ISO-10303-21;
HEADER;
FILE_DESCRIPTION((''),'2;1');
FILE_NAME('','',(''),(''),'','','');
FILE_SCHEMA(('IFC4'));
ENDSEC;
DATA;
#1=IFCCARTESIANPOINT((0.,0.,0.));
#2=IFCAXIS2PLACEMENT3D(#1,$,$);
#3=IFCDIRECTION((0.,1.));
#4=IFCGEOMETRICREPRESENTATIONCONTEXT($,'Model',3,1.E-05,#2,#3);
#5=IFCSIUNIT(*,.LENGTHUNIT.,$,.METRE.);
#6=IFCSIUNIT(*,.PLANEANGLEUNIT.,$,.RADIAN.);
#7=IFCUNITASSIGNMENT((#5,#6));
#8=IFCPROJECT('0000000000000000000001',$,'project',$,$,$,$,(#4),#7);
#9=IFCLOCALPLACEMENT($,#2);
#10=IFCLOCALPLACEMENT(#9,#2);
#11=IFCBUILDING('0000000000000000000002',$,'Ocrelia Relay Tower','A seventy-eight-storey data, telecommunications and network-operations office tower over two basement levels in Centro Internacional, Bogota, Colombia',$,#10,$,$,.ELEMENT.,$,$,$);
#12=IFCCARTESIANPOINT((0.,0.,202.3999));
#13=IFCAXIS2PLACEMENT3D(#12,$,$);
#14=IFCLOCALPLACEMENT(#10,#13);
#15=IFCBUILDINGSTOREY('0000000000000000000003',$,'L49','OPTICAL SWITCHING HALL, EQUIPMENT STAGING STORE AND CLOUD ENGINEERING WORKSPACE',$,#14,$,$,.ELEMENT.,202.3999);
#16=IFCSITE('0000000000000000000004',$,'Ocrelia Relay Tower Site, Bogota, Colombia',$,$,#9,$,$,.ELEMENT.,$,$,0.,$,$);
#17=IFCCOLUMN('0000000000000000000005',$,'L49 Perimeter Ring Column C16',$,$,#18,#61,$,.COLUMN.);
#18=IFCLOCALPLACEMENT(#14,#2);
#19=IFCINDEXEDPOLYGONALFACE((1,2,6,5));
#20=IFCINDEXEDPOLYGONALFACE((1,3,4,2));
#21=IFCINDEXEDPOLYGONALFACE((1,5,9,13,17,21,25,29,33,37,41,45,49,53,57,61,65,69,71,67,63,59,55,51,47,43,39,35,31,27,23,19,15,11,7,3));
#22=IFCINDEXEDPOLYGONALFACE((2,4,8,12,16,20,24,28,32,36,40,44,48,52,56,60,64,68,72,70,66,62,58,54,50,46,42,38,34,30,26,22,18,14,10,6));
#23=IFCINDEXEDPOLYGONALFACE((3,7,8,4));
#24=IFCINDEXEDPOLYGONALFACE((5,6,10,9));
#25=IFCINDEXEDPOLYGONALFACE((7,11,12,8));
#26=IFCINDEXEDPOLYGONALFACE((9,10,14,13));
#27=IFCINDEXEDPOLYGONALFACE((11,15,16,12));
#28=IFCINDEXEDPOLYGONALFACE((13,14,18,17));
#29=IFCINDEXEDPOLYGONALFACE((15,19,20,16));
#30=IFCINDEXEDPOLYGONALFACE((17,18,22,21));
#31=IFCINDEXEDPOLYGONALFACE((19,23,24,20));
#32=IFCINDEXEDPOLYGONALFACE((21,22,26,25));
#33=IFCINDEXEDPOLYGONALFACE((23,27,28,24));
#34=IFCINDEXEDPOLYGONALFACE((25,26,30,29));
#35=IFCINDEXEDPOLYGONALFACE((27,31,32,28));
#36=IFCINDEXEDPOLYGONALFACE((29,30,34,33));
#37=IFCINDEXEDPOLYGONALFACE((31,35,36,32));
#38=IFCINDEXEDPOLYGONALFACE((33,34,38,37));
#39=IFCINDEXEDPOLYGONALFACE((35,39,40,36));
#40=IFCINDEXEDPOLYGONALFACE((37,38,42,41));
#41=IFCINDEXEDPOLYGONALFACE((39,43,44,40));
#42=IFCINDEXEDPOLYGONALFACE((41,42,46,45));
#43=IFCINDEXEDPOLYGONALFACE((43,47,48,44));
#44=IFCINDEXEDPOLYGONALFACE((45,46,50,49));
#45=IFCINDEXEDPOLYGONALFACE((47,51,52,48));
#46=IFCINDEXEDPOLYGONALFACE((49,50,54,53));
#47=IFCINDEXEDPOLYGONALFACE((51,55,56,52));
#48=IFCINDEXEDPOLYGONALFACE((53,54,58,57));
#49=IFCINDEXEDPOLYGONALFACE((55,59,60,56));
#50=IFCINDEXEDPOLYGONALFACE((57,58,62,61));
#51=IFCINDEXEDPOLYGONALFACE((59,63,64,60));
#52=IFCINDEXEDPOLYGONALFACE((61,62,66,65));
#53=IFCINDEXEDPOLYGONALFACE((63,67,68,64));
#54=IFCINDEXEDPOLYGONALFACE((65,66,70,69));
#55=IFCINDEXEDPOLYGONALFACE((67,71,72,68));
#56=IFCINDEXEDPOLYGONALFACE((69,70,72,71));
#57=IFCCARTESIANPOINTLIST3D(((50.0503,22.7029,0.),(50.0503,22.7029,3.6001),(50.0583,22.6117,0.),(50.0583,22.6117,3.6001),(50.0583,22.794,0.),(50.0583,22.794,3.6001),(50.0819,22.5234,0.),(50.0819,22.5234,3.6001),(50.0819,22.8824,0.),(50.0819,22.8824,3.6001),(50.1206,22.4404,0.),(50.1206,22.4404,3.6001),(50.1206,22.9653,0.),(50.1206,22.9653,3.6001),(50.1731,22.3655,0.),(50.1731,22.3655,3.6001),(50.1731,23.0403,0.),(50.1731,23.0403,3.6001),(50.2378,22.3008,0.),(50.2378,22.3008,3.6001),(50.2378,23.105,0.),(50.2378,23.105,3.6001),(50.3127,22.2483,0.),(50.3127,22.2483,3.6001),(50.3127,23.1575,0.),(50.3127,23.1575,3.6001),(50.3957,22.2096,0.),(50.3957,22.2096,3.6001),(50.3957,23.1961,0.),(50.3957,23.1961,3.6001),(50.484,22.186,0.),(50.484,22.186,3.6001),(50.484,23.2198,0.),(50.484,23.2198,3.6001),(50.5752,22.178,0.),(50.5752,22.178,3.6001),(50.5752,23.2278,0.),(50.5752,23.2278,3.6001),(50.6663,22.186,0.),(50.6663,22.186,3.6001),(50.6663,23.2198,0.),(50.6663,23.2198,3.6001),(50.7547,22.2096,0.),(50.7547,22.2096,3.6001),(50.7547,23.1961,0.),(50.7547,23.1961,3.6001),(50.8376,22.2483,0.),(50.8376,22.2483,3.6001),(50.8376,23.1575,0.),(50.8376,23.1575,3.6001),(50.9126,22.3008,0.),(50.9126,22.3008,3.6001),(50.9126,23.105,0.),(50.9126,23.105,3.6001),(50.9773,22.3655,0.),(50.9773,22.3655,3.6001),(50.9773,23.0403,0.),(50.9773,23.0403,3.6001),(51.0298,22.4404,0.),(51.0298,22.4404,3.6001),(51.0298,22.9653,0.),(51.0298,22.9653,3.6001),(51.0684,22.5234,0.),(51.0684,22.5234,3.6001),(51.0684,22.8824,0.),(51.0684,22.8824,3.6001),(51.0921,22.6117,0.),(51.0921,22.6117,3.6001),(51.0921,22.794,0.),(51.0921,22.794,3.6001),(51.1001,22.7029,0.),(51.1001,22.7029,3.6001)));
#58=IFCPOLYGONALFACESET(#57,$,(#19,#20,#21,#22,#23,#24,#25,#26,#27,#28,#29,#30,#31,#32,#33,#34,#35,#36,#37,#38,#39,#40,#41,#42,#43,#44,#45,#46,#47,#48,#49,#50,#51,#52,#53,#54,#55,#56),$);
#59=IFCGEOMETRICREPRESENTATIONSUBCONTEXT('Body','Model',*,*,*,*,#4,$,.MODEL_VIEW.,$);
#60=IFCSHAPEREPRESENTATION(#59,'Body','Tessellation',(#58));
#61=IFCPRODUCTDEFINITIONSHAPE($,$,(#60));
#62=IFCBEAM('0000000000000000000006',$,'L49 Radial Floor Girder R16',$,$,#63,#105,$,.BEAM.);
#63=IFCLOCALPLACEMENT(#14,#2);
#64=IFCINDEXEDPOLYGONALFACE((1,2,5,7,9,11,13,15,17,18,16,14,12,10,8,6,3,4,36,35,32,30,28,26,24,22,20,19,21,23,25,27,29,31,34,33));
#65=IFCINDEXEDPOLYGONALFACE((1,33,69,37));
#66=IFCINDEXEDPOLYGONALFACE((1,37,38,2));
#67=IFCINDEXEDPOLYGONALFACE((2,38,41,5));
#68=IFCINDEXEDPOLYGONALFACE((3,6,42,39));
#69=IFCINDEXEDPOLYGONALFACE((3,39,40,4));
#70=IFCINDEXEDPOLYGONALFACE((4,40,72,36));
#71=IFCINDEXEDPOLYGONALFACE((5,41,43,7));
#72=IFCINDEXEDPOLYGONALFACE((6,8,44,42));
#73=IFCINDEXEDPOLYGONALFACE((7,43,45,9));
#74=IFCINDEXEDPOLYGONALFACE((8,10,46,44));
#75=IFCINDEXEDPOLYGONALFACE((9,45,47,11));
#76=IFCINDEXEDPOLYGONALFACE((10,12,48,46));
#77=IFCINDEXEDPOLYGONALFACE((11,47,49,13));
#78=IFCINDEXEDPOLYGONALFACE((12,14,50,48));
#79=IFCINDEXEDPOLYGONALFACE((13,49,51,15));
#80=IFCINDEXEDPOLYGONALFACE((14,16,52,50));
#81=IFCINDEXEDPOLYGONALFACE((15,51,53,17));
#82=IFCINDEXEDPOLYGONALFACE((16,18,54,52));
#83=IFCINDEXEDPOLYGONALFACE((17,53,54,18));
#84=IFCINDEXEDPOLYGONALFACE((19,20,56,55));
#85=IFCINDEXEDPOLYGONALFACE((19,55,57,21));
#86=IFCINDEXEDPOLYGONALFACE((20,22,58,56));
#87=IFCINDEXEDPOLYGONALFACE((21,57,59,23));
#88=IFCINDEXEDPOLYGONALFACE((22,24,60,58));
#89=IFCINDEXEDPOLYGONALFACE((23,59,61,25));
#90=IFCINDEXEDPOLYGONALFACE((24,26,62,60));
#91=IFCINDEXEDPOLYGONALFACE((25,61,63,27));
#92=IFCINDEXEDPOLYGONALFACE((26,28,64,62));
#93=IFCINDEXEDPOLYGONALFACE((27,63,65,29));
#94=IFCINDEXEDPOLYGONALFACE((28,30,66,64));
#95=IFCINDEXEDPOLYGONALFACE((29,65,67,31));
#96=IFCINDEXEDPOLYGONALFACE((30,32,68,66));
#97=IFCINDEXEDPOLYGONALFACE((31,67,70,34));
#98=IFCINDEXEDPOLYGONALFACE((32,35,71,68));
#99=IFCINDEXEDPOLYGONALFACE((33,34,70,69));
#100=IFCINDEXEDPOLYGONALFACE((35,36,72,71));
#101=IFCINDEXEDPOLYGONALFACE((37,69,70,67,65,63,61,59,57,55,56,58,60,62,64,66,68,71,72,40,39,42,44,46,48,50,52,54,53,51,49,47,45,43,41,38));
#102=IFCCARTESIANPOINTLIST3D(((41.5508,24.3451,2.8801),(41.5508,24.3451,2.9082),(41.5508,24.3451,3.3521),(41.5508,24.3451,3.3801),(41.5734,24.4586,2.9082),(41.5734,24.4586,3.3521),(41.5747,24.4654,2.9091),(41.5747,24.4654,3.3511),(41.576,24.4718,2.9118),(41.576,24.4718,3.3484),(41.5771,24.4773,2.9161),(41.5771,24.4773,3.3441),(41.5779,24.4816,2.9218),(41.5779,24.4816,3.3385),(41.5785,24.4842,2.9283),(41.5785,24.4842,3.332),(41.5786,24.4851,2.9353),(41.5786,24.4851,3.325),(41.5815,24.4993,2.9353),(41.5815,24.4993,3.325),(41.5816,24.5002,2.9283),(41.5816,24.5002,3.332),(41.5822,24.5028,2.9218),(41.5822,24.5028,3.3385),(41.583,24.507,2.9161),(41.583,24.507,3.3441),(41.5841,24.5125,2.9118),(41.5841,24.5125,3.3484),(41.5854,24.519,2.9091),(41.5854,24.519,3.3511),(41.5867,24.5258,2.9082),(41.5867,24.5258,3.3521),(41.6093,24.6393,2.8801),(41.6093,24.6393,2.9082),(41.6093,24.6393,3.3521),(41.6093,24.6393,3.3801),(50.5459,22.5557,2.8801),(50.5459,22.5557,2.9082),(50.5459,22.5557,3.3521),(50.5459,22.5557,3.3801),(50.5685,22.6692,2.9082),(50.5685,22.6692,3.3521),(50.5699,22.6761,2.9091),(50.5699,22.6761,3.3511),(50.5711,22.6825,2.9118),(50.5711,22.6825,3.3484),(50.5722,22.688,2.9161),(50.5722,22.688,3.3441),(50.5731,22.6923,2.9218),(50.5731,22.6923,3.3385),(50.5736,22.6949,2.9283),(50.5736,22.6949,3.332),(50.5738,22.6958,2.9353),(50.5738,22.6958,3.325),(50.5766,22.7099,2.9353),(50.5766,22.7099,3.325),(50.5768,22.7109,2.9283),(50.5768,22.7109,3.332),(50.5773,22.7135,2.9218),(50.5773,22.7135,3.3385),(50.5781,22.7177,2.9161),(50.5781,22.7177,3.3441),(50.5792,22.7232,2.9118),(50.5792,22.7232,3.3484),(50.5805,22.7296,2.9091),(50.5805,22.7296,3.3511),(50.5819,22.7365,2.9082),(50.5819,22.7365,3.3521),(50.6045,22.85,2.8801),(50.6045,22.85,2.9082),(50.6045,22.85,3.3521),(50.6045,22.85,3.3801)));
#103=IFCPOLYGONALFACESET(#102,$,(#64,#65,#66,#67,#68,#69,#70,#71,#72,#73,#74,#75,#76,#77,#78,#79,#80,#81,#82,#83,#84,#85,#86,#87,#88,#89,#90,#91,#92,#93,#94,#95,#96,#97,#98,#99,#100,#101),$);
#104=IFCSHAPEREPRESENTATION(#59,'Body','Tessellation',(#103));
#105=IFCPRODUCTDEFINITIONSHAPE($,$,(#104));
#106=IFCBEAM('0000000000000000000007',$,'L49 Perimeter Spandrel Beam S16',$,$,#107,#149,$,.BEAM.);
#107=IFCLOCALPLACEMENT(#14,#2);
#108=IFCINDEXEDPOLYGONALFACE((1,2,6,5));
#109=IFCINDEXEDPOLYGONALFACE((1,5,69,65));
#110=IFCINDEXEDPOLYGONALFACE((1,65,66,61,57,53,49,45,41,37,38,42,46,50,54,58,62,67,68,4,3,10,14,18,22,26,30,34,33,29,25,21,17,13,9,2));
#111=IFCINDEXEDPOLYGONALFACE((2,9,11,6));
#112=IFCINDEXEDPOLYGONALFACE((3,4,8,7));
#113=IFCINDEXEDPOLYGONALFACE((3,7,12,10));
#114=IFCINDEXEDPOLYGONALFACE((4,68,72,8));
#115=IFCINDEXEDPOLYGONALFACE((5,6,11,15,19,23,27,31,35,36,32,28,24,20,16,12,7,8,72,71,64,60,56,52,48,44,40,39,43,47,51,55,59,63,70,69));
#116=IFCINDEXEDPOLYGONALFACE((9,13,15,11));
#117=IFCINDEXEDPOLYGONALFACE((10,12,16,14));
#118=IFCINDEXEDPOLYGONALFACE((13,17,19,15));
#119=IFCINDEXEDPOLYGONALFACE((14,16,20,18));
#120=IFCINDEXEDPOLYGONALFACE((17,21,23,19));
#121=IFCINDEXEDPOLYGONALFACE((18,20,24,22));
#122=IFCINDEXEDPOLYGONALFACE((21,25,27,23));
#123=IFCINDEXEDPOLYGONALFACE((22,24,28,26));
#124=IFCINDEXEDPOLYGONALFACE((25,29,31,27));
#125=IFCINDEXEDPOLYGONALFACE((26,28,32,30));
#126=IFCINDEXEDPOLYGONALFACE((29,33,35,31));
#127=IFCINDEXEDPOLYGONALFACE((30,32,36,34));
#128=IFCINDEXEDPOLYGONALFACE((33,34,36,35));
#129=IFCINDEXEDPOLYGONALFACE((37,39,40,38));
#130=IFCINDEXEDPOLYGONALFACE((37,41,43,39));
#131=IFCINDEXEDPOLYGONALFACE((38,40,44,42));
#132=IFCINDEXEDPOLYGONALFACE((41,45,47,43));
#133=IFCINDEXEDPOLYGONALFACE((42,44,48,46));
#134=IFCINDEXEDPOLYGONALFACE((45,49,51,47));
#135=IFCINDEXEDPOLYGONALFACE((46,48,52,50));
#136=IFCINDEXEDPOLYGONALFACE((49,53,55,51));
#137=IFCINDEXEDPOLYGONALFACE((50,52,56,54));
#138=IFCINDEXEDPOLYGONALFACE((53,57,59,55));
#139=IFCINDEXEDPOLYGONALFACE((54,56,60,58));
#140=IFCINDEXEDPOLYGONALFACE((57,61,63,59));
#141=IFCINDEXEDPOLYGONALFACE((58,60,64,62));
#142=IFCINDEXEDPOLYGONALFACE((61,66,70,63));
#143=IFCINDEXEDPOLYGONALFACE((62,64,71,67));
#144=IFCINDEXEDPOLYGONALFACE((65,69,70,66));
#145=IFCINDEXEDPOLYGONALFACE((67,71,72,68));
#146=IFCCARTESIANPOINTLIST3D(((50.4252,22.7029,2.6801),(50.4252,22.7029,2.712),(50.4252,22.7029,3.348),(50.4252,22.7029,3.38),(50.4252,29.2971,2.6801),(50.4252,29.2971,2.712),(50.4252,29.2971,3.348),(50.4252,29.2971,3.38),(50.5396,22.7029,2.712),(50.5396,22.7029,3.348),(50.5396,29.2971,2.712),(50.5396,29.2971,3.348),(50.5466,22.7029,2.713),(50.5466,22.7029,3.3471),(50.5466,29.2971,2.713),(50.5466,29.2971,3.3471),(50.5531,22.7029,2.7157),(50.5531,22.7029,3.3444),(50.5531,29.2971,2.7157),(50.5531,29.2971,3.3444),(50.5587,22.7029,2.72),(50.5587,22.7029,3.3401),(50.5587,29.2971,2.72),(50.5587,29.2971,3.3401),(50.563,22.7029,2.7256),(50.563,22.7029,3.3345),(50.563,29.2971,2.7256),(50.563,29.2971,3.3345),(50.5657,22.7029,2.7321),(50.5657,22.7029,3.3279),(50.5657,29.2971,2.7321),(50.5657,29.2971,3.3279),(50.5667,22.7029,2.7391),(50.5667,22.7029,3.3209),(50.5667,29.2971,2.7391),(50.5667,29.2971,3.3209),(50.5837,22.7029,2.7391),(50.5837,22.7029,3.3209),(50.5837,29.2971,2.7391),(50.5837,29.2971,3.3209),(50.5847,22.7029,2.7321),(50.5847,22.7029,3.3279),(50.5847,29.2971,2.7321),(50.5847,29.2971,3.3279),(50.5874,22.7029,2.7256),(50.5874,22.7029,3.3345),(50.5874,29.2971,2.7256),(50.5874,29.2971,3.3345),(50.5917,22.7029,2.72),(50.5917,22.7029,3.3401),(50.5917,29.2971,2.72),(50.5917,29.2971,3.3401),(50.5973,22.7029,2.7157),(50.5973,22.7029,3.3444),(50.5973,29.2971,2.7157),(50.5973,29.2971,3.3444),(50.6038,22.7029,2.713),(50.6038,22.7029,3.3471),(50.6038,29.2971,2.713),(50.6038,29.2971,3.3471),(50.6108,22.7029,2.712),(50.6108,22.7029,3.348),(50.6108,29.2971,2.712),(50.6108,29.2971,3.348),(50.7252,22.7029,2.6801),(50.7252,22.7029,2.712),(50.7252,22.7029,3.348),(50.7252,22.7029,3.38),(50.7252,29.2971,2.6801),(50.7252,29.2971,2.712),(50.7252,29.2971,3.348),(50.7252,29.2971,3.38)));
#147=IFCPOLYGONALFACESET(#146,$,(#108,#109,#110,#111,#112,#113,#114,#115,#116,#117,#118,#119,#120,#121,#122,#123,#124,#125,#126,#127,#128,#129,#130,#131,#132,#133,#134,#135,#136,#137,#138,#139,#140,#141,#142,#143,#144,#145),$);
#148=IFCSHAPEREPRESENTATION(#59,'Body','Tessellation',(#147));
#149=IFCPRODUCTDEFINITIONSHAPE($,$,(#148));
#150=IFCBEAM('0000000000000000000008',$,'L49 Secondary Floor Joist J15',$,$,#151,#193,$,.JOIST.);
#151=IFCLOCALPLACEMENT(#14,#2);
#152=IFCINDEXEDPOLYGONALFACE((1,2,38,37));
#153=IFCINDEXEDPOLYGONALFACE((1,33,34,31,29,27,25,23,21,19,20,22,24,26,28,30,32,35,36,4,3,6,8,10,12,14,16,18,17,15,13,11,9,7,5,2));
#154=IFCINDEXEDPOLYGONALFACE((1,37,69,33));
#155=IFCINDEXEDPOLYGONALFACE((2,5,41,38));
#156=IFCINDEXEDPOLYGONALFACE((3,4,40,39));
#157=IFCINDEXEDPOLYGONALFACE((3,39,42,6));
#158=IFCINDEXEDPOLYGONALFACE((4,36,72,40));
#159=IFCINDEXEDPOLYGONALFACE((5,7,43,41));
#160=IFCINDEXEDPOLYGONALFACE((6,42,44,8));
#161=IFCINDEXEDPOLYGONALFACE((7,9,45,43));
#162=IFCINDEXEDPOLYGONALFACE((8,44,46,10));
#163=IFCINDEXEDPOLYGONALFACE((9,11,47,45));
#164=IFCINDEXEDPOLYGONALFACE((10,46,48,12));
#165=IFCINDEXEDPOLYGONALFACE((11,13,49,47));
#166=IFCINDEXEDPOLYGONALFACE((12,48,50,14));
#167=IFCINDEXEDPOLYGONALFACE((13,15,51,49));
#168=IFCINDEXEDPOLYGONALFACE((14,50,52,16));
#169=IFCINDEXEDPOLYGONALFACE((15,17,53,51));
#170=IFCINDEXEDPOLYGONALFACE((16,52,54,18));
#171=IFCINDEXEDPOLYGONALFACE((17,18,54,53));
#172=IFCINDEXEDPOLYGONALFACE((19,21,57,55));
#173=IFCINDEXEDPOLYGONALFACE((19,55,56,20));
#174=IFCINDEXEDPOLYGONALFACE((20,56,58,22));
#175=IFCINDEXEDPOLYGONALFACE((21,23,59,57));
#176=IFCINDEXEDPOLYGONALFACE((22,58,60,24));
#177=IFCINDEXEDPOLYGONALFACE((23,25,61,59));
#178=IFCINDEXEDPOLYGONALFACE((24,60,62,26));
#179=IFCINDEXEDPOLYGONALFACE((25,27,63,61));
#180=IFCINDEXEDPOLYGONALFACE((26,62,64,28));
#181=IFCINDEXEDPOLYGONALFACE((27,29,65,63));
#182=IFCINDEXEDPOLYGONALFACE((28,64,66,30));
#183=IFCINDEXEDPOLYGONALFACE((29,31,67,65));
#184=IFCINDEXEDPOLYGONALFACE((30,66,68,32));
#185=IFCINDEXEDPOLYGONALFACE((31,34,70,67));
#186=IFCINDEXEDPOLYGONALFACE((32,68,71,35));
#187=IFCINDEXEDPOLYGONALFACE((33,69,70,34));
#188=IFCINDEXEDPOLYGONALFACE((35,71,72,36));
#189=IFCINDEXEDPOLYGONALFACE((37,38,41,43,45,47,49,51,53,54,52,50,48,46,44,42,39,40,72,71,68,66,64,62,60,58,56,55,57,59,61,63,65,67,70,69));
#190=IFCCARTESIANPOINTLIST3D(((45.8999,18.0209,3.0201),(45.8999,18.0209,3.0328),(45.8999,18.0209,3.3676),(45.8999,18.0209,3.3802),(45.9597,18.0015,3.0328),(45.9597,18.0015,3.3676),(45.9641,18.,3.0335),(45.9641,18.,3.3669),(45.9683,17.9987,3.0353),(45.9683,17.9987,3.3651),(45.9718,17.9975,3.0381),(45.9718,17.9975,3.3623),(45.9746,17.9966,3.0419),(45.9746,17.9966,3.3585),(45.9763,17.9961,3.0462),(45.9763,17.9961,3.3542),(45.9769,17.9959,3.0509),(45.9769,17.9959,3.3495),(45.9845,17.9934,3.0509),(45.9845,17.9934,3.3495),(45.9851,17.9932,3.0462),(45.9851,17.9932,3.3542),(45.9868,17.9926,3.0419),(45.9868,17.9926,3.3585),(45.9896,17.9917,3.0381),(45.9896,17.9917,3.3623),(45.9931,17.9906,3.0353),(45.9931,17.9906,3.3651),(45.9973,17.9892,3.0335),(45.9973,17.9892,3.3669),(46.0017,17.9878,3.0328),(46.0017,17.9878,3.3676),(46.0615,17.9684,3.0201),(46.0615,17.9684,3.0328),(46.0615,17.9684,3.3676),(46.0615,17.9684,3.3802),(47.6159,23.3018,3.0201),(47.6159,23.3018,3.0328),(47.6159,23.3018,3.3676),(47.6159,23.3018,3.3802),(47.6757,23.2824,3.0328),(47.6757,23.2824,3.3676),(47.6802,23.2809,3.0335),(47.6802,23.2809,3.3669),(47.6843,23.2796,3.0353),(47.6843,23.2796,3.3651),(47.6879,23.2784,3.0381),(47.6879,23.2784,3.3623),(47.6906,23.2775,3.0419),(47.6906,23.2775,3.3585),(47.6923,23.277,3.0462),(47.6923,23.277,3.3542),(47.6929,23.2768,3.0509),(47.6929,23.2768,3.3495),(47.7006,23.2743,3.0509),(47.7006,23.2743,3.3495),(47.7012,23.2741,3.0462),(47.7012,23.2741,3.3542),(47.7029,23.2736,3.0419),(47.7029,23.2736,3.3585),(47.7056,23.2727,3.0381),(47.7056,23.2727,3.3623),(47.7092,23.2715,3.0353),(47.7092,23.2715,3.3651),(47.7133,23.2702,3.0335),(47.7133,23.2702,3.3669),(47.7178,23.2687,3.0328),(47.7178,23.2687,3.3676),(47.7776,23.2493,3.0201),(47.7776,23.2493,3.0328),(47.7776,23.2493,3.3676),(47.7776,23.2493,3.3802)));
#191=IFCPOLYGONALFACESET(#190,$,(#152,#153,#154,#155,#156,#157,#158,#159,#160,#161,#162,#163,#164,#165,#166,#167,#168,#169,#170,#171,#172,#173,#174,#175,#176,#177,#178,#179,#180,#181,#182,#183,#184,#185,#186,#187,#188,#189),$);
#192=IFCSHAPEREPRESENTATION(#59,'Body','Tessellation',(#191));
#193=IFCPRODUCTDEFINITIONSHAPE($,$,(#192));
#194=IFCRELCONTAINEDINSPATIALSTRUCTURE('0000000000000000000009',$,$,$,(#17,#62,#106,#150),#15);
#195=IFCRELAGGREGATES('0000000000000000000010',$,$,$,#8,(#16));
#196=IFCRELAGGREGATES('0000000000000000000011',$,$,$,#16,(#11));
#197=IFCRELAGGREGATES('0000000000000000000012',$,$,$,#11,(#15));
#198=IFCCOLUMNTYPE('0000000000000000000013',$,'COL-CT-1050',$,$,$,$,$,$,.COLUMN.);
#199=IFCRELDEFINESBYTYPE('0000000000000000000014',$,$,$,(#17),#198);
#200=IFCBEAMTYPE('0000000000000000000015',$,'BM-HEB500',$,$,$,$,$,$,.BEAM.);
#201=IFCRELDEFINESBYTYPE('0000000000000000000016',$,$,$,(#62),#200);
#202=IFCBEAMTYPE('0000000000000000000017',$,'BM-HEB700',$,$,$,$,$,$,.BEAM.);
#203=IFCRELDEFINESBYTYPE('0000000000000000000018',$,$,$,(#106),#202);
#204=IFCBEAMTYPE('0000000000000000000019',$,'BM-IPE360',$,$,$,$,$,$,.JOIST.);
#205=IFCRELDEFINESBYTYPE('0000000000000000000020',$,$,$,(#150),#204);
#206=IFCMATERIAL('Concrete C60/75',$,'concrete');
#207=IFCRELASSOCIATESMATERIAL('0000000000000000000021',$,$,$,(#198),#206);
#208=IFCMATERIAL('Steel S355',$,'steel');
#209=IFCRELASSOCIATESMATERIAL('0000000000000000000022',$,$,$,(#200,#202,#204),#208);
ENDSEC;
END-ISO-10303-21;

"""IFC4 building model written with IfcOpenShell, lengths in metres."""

from ifc_helpers import new_model, si_unit, direction, frame, origin, origin_2d, place, context, subcontext, project, spatial, circle, i_section, extrude, material, material_profile, profile_set, type_object, element, save


model = new_model("IFC4")

# Units and contexts
model_context = context("Model", 3, precision=1e-05, world=origin(), true_north=direction((0.0, 1.0)))
body_context = subcontext(model_context, "Body", "Model", "MODEL_VIEW")
ifc_project = project(units=[si_unit("LENGTHUNIT", "METRE"), si_unit("PLANEANGLEUNIT", "RADIAN")], contexts=[model_context])

# Site, building, storey
site_placement = place(None, origin())
site = spatial("IfcSite", under=ifc_project, at=site_placement, Name="Ocrelia Relay Tower Site, Bogota, Colombia", CompositionType="ELEMENT", RefElevation=0.0)
building_placement = place(site_placement, origin())
building = spatial("IfcBuilding", under=site, at=building_placement, Name="Ocrelia Relay Tower", Description="A seventy-eight-storey data, telecommunications and network-operations office tower over two basement levels in Centro Internacional, Bogota, Colombia", CompositionType="ELEMENT")
storey_placement = place(building_placement, frame((0.0, 0.0, 202.3999)))
storey = spatial("IfcBuildingStorey", under=building, at=storey_placement, Name="L49", Description="OPTICAL SWITCHING HALL, EQUIPMENT STAGING STORE AND CLOUD ENGINEERING WORKSPACE", CompositionType="ELEMENT", Elevation=202.3999)

# Column
ifc_material_1 = material(Name="Concrete C60/75", Category="concrete")
ifc_material_profile_1 = material_profile(ifc_material_1, circle(Radius=0.5249, at=origin_2d()), Name="RC-CIR-1050")
ifc_profile_set_1 = profile_set([ifc_material_profile_1], Name="Concrete C60/75")
column_type = type_object("IfcColumnType", Name="COL-CT-1050", PredefinedType="COLUMN", material=ifc_profile_set_1)
column_placement = place(storey_placement, frame((50.5752, 22.7029, 0.0), z_axis=(0.0, 0.0, 1.0), x_axis=(1.0, 0.0, 0.0)))
element("IfcColumn", 1, at=column_placement, inside=storey, type_object=column_type, Name="L49 Perimeter Ring Column C16", PredefinedType="COLUMN", context=body_context, shape_type="SweptSolid", body=[
    extrude(circle(Radius=0.5249, at=origin_2d()), origin(), (0.0, 0.0, 1.0), 3.6001),
])

# Beams
ifc_material_2 = material(Name="Steel S355", Category="steel")
ifc_material_profile_2 = material_profile(ifc_material_2, i_section(OverallWidth=0.3, OverallDepth=0.5, WebThickness=0.0144, FlangeThickness=0.0281, FilletRadius=0.0271, at=origin_2d()), Name="HEB 500")
ifc_profile_set_2 = profile_set([ifc_material_profile_2], Name="Steel S355")
beam_type_1 = type_object("IfcBeamType", Name="BM-HEB500", PredefinedType="BEAM", material=ifc_profile_set_2)
beam_1_placement = place(storey_placement, frame((50.5752, 22.7029, 3.1301), z_axis=(-0.980784, 0.195097, 0.0), x_axis=(-0.195097, -0.980784, 0.0)))
element("IfcBeam", 2, at=beam_1_placement, inside=storey, type_object=beam_type_1, Name="L49 Radial Floor Girder R16", PredefinedType="BEAM", context=body_context, shape_type="SweptSolid", body=[
    extrude(i_section(OverallWidth=0.3, OverallDepth=0.5, WebThickness=0.0144, FlangeThickness=0.0281, FilletRadius=0.0271, at=origin_2d()), origin(), (0.0, 0.0, 1.0), 9.1714),
])
ifc_material_profile_3 = material_profile(ifc_material_2, i_section(OverallWidth=0.3, OverallDepth=0.7, WebThickness=0.0171, FlangeThickness=0.032, FilletRadius=0.0271, at=origin_2d()), Name="HEB 700")
ifc_profile_set_3 = profile_set([ifc_material_profile_3], Name="Steel S355")
beam_type_2 = type_object("IfcBeamType", Name="BM-HEB700", PredefinedType="BEAM", material=ifc_profile_set_3)
beam_2_placement = place(storey_placement, frame((50.5752, 22.7029, 3.03), z_axis=(0.0, 1.0, 0.0), x_axis=(-1.0, 0.0, 0.0)))
element("IfcBeam", 3, at=beam_2_placement, inside=storey, type_object=beam_type_2, Name="L49 Perimeter Spandrel Beam S16", PredefinedType="BEAM", context=body_context, shape_type="SweptSolid", body=[
    extrude(i_section(OverallWidth=0.3, OverallDepth=0.7, WebThickness=0.0171, FlangeThickness=0.032, FilletRadius=0.0271, at=origin_2d()), origin(), (0.0, 0.0, 1.0), 6.5942),
])
ifc_material_profile_4 = material_profile(ifc_material_2, i_section(OverallWidth=0.1699, OverallDepth=0.3601, WebThickness=0.0081, FlangeThickness=0.0127, FilletRadius=0.0181, at=origin_2d()), Name="IPE 360")
ifc_profile_set_4 = profile_set([ifc_material_profile_4], Name="Steel S355")
beam_type_3 = type_object("IfcBeamType", Name="BM-IPE360", PredefinedType="JOIST", material=ifc_profile_set_4)
beam_3_placement = place(storey_placement, frame((45.9807, 17.9946, 3.2002), z_axis=(0.309043, 0.951048, 0.0), x_axis=(-0.951048, 0.309043, 0.0)))
element("IfcBeam", 4, at=beam_3_placement, inside=storey, type_object=beam_type_3, Name="L49 Secondary Floor Joist J15", PredefinedType="JOIST", context=body_context, shape_type="SweptSolid", body=[
    extrude(i_section(OverallWidth=0.1699, OverallDepth=0.3601, WebThickness=0.0081, FlangeThickness=0.0127, FilletRadius=0.0181, at=origin_2d()), origin(), (0.0, 0.0, 1.0), 5.5527),
])

save(model, "model.ifc")
